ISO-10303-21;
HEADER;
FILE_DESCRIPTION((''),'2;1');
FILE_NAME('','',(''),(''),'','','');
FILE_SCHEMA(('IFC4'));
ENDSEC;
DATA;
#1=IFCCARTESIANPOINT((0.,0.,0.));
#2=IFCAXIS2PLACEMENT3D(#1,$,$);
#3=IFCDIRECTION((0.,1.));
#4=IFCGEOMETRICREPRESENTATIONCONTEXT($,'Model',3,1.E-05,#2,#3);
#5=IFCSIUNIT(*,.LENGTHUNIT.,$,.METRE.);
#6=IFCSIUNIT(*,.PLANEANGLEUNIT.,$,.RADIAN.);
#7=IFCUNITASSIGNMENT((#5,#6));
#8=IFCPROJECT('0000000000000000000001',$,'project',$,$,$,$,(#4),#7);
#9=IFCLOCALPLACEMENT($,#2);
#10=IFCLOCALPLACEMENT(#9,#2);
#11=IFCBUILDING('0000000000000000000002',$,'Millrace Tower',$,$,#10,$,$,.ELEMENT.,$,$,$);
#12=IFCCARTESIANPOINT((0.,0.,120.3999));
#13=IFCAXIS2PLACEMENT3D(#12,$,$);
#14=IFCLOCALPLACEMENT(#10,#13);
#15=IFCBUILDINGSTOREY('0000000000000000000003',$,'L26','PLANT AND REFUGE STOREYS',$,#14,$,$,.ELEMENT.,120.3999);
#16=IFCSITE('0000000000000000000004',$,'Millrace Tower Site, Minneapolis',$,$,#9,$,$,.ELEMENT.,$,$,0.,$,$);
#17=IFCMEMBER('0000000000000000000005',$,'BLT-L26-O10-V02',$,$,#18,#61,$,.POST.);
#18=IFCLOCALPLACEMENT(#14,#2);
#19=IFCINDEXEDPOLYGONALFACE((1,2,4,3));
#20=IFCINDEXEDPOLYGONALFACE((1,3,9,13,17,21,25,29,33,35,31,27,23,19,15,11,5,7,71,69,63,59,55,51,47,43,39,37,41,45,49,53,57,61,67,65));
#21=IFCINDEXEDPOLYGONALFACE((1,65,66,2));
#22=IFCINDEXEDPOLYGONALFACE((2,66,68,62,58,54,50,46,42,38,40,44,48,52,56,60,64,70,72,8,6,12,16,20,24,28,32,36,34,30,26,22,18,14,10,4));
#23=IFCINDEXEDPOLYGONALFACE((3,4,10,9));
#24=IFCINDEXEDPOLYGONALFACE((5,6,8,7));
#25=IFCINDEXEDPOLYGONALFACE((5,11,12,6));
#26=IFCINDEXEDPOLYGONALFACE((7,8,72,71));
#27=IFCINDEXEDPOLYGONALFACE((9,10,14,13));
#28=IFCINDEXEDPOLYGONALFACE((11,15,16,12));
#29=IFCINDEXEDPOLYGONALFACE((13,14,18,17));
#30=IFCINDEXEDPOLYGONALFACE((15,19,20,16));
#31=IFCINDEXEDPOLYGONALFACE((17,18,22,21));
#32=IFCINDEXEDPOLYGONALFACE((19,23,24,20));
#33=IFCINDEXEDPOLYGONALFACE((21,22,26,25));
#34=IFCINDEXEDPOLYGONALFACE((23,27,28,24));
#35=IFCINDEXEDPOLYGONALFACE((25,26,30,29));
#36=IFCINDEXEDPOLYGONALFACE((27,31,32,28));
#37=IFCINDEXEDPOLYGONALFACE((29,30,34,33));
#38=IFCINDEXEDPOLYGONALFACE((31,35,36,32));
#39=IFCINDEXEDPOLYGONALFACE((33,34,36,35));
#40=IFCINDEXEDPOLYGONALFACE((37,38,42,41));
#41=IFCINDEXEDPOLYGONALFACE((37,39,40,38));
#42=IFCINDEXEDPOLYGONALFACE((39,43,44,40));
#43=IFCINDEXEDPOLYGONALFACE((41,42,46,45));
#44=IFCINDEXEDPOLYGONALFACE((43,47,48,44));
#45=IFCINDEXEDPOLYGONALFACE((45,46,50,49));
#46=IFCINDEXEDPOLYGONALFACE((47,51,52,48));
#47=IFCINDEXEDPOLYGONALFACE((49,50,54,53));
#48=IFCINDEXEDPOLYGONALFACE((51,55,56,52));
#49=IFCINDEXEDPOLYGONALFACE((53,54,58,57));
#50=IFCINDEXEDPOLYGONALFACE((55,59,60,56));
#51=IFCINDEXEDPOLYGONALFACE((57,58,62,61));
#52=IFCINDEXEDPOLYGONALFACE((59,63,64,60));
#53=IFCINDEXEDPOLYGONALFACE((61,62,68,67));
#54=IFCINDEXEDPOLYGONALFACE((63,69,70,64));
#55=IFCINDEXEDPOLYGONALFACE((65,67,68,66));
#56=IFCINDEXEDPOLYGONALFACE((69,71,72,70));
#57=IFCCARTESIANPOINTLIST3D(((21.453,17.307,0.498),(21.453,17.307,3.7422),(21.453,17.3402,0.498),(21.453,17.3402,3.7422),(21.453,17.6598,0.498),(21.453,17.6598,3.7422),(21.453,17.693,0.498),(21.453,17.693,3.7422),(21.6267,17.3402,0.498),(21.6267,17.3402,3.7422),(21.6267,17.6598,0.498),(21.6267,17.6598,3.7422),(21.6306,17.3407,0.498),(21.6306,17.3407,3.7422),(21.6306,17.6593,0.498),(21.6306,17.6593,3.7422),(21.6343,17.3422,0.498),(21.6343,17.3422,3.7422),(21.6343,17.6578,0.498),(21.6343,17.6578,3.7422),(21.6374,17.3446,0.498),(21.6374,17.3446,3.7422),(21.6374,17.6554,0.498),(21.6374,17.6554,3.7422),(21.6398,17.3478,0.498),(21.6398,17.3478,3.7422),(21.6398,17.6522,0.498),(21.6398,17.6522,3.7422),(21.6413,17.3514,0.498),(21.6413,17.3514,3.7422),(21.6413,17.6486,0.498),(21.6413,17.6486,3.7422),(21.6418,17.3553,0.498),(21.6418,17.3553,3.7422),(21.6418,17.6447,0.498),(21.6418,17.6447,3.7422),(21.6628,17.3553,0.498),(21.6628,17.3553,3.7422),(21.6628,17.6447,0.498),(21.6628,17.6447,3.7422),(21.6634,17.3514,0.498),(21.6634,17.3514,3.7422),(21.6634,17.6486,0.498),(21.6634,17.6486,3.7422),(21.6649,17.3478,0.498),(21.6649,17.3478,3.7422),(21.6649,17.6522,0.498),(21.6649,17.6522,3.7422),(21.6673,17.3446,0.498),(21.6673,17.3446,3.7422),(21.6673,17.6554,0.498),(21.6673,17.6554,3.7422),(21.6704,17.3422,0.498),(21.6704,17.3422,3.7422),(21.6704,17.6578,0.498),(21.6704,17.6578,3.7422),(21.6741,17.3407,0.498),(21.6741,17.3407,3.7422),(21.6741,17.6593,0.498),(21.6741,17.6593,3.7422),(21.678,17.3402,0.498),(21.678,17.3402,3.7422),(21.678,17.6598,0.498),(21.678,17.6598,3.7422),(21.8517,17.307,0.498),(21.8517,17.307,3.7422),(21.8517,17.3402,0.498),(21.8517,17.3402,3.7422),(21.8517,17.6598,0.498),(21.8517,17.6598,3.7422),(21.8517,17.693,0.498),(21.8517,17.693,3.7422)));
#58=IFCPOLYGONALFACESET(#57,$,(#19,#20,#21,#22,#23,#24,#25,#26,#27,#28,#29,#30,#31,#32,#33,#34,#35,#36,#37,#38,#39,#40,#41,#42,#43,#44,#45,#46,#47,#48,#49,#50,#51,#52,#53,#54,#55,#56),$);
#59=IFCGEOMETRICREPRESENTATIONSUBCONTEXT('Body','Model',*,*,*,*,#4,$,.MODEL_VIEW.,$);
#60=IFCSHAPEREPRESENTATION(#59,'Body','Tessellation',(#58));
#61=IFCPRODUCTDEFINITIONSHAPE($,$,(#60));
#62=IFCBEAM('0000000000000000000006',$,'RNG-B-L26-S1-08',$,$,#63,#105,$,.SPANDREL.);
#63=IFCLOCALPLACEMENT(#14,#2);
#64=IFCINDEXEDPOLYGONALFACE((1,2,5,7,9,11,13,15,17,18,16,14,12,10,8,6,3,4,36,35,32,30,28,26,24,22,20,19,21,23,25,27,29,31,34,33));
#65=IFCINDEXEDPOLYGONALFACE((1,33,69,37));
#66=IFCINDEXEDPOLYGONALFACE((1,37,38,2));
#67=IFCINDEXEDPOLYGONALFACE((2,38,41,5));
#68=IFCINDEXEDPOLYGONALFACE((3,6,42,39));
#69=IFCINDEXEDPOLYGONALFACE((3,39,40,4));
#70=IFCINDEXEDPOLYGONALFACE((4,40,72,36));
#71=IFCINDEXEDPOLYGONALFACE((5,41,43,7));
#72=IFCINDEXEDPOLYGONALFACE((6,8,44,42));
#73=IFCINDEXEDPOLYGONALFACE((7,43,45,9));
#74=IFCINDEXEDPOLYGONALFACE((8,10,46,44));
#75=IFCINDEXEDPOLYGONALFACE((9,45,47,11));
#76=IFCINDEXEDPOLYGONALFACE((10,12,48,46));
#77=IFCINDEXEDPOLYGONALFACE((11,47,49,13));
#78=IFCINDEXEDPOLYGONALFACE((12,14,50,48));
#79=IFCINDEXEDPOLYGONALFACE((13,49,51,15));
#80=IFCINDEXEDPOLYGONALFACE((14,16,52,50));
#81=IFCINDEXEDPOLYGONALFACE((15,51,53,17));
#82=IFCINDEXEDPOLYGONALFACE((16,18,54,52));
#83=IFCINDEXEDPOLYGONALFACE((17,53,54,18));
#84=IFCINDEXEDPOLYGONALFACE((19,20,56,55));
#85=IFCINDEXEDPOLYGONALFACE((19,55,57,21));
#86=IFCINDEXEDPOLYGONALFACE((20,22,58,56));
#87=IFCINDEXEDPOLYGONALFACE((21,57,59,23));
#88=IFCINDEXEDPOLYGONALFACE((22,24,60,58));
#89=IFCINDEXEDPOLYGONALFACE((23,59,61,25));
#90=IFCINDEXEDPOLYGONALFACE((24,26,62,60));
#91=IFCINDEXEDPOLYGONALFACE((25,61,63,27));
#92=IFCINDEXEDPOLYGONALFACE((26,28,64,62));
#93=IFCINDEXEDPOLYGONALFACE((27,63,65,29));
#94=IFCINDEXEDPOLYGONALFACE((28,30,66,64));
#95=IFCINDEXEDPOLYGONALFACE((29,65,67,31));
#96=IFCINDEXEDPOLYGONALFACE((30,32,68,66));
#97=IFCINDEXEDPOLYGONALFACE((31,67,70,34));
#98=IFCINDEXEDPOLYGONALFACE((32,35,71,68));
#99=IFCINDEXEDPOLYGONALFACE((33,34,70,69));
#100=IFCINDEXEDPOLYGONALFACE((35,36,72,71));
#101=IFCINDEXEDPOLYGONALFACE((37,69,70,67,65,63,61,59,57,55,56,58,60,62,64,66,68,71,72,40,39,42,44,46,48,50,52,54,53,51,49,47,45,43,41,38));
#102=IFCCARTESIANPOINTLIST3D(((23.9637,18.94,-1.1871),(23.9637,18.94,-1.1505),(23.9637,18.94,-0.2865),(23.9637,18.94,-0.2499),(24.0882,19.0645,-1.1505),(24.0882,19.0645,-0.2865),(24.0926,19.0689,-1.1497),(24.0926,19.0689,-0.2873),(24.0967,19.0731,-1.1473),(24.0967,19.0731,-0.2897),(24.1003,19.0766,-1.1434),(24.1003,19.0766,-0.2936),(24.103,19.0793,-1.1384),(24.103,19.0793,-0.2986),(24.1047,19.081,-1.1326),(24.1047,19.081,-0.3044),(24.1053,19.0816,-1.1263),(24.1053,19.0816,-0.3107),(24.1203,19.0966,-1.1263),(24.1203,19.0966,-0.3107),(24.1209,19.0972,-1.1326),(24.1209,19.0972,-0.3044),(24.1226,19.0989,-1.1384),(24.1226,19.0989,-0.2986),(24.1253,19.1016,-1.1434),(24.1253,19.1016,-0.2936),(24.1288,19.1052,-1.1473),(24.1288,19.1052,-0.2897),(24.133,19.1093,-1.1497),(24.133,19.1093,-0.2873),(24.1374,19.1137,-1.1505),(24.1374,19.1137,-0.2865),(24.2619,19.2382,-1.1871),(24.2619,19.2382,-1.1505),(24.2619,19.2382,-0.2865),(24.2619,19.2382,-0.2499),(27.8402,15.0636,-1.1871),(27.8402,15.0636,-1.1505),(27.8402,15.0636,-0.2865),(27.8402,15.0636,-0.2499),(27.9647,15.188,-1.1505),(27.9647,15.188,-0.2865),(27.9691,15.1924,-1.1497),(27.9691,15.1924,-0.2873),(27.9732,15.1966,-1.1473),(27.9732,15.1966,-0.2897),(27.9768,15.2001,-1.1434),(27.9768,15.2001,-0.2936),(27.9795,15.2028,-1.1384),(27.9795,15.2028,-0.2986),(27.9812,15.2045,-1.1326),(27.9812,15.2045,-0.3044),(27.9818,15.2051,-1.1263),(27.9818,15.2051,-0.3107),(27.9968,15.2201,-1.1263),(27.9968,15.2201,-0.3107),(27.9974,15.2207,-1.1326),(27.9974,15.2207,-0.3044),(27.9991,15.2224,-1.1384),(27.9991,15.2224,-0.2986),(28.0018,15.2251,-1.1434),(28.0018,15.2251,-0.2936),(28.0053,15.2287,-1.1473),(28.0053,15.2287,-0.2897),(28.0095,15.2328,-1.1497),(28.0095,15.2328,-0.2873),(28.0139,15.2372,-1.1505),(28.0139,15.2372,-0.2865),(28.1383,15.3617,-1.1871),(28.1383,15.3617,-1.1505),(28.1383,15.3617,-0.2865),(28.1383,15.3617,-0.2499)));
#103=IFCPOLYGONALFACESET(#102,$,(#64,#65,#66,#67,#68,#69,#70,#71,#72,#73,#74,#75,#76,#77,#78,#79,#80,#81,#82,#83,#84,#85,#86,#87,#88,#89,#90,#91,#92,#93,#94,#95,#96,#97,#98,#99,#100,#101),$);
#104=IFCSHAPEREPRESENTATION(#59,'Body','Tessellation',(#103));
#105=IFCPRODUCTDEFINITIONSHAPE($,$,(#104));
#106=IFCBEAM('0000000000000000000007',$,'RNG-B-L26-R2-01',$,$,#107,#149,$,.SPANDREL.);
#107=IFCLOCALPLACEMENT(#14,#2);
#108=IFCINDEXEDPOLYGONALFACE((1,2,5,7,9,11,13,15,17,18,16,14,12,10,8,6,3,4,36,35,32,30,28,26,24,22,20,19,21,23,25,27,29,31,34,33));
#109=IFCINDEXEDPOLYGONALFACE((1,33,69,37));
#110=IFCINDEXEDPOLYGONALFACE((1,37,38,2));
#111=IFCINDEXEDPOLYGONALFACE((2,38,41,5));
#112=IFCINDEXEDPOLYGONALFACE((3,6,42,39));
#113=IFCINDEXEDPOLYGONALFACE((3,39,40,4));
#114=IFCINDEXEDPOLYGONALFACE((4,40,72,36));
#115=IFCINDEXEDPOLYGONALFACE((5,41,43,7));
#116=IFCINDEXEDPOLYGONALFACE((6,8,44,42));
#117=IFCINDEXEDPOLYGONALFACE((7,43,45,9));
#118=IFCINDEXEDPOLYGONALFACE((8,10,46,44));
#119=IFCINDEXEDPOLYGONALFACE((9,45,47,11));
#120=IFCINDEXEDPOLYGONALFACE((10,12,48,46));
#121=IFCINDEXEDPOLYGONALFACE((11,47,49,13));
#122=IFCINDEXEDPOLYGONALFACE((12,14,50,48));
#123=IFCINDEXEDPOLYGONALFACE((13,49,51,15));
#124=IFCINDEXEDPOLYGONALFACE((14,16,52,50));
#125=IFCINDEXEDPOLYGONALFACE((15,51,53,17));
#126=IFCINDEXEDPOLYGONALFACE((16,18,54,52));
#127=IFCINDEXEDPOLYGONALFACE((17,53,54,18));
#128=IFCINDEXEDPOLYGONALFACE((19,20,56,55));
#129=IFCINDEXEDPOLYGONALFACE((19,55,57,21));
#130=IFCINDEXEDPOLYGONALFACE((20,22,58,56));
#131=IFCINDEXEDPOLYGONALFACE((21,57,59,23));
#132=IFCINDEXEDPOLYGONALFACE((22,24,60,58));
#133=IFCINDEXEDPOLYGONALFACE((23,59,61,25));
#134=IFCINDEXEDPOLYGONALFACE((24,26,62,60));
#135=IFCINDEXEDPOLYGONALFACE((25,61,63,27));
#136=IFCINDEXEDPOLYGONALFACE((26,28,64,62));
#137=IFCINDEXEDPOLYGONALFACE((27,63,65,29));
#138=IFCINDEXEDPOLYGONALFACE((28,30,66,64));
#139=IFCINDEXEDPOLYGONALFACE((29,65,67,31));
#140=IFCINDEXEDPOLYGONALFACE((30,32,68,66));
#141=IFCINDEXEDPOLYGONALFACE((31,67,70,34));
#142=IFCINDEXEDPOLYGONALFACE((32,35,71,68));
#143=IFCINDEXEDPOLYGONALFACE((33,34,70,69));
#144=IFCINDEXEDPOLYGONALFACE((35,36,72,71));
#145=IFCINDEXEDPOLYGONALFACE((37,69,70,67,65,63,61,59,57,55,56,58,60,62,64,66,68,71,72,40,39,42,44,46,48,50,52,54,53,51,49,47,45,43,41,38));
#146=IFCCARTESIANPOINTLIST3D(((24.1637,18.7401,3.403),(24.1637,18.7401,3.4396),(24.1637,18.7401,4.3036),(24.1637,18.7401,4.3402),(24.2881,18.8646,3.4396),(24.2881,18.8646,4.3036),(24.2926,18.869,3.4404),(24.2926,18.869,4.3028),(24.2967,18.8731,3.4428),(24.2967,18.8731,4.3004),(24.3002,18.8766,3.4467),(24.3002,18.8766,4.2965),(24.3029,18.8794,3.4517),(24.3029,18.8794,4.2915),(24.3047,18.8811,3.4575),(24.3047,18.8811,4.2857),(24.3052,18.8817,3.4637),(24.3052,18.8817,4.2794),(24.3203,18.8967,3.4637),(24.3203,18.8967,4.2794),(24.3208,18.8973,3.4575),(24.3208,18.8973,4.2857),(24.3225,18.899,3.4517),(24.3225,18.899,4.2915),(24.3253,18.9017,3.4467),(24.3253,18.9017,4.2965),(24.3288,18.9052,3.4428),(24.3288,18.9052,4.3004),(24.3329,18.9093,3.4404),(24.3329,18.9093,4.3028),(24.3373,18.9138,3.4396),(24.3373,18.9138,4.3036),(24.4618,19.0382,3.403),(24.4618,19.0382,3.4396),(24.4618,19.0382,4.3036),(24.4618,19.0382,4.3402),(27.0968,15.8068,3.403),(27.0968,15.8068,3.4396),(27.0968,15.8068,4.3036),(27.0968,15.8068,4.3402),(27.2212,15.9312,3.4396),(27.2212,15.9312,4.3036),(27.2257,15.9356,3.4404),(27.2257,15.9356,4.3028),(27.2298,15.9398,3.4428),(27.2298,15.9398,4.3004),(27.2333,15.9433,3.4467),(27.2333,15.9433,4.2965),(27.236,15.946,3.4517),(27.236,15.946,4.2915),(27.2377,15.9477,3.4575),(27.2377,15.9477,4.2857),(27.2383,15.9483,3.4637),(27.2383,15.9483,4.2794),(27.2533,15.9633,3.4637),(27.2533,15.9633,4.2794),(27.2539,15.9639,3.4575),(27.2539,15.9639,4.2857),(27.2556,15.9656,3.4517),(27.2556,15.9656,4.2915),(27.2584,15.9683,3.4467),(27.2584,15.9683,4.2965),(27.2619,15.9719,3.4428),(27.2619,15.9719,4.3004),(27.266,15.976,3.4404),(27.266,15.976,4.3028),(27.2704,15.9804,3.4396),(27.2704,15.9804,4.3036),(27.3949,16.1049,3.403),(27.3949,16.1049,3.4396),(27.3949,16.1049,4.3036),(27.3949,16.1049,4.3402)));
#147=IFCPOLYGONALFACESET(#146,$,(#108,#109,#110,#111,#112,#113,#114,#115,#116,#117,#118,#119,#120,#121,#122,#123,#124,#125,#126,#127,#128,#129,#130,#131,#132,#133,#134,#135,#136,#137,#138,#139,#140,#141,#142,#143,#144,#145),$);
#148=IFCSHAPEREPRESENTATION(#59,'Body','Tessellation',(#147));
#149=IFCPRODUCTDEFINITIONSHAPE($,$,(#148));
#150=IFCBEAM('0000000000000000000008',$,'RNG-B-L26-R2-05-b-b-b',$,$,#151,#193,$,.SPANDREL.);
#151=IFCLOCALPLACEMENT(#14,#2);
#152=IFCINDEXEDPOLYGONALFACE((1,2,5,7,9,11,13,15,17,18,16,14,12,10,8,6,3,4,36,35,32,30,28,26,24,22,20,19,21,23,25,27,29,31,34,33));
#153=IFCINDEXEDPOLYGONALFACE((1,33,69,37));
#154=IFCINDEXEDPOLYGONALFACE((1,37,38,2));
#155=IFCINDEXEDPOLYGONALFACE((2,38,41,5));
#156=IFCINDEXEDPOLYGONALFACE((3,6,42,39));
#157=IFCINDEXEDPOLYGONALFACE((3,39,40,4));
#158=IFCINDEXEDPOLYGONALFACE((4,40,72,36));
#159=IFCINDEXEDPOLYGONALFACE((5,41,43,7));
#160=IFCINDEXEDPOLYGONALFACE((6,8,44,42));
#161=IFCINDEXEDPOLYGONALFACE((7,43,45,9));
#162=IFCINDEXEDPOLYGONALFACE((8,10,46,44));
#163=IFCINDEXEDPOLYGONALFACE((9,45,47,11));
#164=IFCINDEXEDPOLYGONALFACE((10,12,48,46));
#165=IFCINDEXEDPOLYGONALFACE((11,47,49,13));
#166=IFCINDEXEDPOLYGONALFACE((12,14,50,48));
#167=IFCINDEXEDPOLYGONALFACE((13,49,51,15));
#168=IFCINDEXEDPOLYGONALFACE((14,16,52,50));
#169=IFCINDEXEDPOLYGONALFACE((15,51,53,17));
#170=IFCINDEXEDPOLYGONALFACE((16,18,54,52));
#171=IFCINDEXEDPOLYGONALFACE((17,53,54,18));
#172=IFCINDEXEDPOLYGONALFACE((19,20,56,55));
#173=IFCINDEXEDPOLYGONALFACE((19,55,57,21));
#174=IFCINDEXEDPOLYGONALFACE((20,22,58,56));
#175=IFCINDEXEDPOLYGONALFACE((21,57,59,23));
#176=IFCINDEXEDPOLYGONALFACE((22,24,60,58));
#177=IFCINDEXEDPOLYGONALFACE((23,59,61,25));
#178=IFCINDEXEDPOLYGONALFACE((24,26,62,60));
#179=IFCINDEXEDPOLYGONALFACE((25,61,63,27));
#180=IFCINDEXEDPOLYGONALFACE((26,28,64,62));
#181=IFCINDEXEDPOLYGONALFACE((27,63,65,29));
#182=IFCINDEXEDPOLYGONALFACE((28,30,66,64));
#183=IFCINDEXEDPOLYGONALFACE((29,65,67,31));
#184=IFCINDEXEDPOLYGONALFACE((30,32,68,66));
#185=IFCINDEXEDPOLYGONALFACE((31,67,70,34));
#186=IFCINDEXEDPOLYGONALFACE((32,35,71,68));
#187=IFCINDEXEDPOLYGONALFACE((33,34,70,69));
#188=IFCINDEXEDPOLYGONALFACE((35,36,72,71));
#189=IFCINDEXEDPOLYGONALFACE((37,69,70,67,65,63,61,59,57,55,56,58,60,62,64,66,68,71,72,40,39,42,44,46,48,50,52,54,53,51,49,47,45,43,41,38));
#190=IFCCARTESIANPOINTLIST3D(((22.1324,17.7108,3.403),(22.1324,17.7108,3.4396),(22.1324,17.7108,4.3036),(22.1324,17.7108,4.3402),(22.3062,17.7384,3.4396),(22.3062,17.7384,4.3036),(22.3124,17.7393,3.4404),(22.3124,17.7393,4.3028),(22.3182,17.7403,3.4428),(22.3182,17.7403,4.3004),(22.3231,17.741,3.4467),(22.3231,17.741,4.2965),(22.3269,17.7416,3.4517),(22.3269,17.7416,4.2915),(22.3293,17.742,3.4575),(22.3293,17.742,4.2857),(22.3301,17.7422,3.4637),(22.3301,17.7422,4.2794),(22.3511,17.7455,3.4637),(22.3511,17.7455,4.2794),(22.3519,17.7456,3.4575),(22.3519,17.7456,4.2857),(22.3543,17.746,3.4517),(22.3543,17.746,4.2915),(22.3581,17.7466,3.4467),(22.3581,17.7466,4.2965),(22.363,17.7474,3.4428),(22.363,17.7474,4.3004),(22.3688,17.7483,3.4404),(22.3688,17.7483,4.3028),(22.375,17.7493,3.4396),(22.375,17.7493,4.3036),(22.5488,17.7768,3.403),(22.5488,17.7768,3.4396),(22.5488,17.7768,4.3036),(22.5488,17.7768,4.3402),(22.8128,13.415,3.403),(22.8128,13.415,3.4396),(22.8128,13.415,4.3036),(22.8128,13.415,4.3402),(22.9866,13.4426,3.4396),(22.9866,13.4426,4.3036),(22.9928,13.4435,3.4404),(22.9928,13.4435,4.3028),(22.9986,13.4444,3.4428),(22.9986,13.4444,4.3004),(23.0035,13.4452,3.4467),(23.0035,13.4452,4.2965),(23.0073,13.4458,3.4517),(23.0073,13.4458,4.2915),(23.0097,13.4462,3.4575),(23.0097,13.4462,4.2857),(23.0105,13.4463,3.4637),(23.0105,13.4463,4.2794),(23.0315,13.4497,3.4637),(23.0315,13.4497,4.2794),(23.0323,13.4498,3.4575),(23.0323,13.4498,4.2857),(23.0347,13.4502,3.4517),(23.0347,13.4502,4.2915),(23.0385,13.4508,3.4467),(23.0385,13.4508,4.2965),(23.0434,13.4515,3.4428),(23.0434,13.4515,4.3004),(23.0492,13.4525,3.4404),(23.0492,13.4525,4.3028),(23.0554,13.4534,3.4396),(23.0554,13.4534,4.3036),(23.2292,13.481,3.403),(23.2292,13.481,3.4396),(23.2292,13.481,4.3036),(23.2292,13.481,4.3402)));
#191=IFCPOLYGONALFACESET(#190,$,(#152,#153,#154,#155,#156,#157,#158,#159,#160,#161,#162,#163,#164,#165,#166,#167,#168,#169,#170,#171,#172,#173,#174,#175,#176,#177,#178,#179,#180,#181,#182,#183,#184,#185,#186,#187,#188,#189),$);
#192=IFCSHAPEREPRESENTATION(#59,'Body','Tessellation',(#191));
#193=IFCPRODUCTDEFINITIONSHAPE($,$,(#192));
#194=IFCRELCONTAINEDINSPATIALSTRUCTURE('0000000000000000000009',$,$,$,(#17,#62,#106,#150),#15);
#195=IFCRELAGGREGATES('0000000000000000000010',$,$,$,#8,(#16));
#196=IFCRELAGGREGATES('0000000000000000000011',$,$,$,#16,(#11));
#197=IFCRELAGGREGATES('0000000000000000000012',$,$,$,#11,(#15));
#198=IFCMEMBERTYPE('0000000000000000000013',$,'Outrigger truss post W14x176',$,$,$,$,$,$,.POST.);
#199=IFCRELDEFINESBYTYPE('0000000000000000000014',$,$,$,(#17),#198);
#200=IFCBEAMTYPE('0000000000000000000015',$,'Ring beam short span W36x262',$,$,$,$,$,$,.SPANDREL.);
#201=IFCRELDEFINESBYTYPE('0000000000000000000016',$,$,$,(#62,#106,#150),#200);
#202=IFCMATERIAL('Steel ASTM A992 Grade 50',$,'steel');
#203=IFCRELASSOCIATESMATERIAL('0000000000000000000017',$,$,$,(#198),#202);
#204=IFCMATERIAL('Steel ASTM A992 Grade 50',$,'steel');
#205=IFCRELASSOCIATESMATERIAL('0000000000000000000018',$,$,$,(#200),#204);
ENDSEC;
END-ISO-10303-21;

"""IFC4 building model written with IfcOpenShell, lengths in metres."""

from ifc_helpers import new_model, si_unit, direction, frame, origin, origin_2d, place, context, subcontext, project, spatial, i_section, extrude, material, material_profile, profile_set, type_object, element, save


model = new_model("IFC4")

# Units and contexts
model_context = context("Model", 3, precision=1e-05, world=origin(), true_north=direction((0.0, 1.0)))
body_context = subcontext(model_context, "Body", "Model", "MODEL_VIEW")
ifc_project = project(units=[si_unit("LENGTHUNIT", "METRE"), si_unit("PLANEANGLEUNIT", "RADIAN")], contexts=[model_context])

# Site, building, storey
site_placement = place(None, origin())
site = spatial("IfcSite", under=ifc_project, at=site_placement, Name="Millrace Tower Site, Minneapolis", CompositionType="ELEMENT", RefElevation=0.0)
building_placement = place(site_placement, origin())
building = spatial("IfcBuilding", under=site, at=building_placement, Name="Millrace Tower", CompositionType="ELEMENT")
storey_placement = place(building_placement, frame((0.0, 0.0, 120.3999)))
storey = spatial("IfcBuildingStorey", under=building, at=storey_placement, Name="L26", Description="PLANT AND REFUGE STOREYS", CompositionType="ELEMENT", Elevation=120.3999)

# Member
ifc_material_1 = material(Name="Steel ASTM A992 Grade 50", Category="steel")
ifc_material_profile_1 = material_profile(ifc_material_1, i_section(OverallWidth=0.3987, OverallDepth=0.386, WebThickness=0.021, FlangeThickness=0.0332, FilletRadius=0.0151, at=origin_2d()))
ifc_profile_set_1 = profile_set([ifc_material_profile_1], Name="Steel ASTM A992 Grade 50")
member_type_1 = type_object("IfcMemberType", Name="Outrigger truss post W14x176", PredefinedType="POST", material=ifc_profile_set_1)
for number, where, z_axis, x_axis, name in (
    (1, (21.6523, 17.5, 0.498), (0.0, 0.0, 1.0), (1.0, 0.0, 0.0), "BLT-L26-O10-V02"),
):
    element("IfcMember", number, at=place(storey_placement, frame(where, z_axis=z_axis, x_axis=x_axis)), inside=storey, type_object=member_type_1, Name=name, PredefinedType="POST", context=body_context, shape_type="SweptSolid", body=[
        extrude(i_section(OverallWidth=0.3987, OverallDepth=0.386, WebThickness=0.021, FlangeThickness=0.0332, FilletRadius=0.0151, at=origin_2d()), origin(), (0.0, 0.0, 1.0), 3.2441),
    ])

# Beams
ifc_material_2 = material(Name="Steel ASTM A992 Grade 50", Category="steel")
ifc_material_profile_2 = material_profile(ifc_material_2, i_section(OverallWidth=0.4216, OverallDepth=0.9373, WebThickness=0.0212, FlangeThickness=0.0366, FilletRadius=0.0242, at=origin_2d()))
ifc_profile_set_2 = profile_set([ifc_material_profile_2], Name="Steel ASTM A992 Grade 50")
beam_type_1 = type_object("IfcBeamType", Name="Ring beam short span W36x262", PredefinedType="SPANDREL", material=ifc_profile_set_2)
beam_1_placement = place(storey_placement, frame((24.1128, 19.0891, -0.7185), z_axis=(0.707107, -0.707107, 0.0), x_axis=(0.707107, 0.707107, 0.0)))
element("IfcBeam", 2, at=beam_1_placement, inside=storey, type_object=beam_type_1, Name="RNG-B-L26-S1-08", PredefinedType="SPANDREL", context=body_context, shape_type="SweptSolid", body=[
    extrude(i_section(OverallWidth=0.4216, OverallDepth=0.9373, WebThickness=0.0212, FlangeThickness=0.0366, FilletRadius=0.0242, at=origin_2d()), origin(), (0.0, 0.0, 1.0), 5.4822),
])
beam_2_placement = place(storey_placement, frame((24.3127, 18.8892, 3.8716), z_axis=(0.707077, -0.707136, 0.0), x_axis=(0.707136, 0.707077, 0.0)))
element("IfcBeam", 3, at=beam_2_placement, inside=storey, type_object=beam_type_1, Name="RNG-B-L26-R2-01", PredefinedType="SPANDREL", context=body_context, shape_type="SweptSolid", body=[
    extrude(i_section(OverallWidth=0.4216, OverallDepth=0.9373, WebThickness=0.0212, FlangeThickness=0.0366, FilletRadius=0.0242, at=origin_2d()), origin(), (0.0, 0.0, 1.0), 4.1482),
])
beam_3_placement = place(storey_placement, frame((23.021, 13.448, 3.8716), z_axis=(-0.156438, 0.987688, 0.0), x_axis=(-0.987688, -0.156438, 0.0)))
element("IfcBeam", 4, at=beam_3_placement, inside=storey, type_object=beam_type_1, Name="RNG-B-L26-R2-05-b-b-b", PredefinedType="SPANDREL", context=body_context, shape_type="SweptSolid", body=[
    extrude(i_section(OverallWidth=0.4216, OverallDepth=0.9373, WebThickness=0.0212, FlangeThickness=0.0366, FilletRadius=0.0242, at=origin_2d()), origin(), (0.0, 0.0, 1.0), 4.3494),
])

save(model, "model.ifc")
